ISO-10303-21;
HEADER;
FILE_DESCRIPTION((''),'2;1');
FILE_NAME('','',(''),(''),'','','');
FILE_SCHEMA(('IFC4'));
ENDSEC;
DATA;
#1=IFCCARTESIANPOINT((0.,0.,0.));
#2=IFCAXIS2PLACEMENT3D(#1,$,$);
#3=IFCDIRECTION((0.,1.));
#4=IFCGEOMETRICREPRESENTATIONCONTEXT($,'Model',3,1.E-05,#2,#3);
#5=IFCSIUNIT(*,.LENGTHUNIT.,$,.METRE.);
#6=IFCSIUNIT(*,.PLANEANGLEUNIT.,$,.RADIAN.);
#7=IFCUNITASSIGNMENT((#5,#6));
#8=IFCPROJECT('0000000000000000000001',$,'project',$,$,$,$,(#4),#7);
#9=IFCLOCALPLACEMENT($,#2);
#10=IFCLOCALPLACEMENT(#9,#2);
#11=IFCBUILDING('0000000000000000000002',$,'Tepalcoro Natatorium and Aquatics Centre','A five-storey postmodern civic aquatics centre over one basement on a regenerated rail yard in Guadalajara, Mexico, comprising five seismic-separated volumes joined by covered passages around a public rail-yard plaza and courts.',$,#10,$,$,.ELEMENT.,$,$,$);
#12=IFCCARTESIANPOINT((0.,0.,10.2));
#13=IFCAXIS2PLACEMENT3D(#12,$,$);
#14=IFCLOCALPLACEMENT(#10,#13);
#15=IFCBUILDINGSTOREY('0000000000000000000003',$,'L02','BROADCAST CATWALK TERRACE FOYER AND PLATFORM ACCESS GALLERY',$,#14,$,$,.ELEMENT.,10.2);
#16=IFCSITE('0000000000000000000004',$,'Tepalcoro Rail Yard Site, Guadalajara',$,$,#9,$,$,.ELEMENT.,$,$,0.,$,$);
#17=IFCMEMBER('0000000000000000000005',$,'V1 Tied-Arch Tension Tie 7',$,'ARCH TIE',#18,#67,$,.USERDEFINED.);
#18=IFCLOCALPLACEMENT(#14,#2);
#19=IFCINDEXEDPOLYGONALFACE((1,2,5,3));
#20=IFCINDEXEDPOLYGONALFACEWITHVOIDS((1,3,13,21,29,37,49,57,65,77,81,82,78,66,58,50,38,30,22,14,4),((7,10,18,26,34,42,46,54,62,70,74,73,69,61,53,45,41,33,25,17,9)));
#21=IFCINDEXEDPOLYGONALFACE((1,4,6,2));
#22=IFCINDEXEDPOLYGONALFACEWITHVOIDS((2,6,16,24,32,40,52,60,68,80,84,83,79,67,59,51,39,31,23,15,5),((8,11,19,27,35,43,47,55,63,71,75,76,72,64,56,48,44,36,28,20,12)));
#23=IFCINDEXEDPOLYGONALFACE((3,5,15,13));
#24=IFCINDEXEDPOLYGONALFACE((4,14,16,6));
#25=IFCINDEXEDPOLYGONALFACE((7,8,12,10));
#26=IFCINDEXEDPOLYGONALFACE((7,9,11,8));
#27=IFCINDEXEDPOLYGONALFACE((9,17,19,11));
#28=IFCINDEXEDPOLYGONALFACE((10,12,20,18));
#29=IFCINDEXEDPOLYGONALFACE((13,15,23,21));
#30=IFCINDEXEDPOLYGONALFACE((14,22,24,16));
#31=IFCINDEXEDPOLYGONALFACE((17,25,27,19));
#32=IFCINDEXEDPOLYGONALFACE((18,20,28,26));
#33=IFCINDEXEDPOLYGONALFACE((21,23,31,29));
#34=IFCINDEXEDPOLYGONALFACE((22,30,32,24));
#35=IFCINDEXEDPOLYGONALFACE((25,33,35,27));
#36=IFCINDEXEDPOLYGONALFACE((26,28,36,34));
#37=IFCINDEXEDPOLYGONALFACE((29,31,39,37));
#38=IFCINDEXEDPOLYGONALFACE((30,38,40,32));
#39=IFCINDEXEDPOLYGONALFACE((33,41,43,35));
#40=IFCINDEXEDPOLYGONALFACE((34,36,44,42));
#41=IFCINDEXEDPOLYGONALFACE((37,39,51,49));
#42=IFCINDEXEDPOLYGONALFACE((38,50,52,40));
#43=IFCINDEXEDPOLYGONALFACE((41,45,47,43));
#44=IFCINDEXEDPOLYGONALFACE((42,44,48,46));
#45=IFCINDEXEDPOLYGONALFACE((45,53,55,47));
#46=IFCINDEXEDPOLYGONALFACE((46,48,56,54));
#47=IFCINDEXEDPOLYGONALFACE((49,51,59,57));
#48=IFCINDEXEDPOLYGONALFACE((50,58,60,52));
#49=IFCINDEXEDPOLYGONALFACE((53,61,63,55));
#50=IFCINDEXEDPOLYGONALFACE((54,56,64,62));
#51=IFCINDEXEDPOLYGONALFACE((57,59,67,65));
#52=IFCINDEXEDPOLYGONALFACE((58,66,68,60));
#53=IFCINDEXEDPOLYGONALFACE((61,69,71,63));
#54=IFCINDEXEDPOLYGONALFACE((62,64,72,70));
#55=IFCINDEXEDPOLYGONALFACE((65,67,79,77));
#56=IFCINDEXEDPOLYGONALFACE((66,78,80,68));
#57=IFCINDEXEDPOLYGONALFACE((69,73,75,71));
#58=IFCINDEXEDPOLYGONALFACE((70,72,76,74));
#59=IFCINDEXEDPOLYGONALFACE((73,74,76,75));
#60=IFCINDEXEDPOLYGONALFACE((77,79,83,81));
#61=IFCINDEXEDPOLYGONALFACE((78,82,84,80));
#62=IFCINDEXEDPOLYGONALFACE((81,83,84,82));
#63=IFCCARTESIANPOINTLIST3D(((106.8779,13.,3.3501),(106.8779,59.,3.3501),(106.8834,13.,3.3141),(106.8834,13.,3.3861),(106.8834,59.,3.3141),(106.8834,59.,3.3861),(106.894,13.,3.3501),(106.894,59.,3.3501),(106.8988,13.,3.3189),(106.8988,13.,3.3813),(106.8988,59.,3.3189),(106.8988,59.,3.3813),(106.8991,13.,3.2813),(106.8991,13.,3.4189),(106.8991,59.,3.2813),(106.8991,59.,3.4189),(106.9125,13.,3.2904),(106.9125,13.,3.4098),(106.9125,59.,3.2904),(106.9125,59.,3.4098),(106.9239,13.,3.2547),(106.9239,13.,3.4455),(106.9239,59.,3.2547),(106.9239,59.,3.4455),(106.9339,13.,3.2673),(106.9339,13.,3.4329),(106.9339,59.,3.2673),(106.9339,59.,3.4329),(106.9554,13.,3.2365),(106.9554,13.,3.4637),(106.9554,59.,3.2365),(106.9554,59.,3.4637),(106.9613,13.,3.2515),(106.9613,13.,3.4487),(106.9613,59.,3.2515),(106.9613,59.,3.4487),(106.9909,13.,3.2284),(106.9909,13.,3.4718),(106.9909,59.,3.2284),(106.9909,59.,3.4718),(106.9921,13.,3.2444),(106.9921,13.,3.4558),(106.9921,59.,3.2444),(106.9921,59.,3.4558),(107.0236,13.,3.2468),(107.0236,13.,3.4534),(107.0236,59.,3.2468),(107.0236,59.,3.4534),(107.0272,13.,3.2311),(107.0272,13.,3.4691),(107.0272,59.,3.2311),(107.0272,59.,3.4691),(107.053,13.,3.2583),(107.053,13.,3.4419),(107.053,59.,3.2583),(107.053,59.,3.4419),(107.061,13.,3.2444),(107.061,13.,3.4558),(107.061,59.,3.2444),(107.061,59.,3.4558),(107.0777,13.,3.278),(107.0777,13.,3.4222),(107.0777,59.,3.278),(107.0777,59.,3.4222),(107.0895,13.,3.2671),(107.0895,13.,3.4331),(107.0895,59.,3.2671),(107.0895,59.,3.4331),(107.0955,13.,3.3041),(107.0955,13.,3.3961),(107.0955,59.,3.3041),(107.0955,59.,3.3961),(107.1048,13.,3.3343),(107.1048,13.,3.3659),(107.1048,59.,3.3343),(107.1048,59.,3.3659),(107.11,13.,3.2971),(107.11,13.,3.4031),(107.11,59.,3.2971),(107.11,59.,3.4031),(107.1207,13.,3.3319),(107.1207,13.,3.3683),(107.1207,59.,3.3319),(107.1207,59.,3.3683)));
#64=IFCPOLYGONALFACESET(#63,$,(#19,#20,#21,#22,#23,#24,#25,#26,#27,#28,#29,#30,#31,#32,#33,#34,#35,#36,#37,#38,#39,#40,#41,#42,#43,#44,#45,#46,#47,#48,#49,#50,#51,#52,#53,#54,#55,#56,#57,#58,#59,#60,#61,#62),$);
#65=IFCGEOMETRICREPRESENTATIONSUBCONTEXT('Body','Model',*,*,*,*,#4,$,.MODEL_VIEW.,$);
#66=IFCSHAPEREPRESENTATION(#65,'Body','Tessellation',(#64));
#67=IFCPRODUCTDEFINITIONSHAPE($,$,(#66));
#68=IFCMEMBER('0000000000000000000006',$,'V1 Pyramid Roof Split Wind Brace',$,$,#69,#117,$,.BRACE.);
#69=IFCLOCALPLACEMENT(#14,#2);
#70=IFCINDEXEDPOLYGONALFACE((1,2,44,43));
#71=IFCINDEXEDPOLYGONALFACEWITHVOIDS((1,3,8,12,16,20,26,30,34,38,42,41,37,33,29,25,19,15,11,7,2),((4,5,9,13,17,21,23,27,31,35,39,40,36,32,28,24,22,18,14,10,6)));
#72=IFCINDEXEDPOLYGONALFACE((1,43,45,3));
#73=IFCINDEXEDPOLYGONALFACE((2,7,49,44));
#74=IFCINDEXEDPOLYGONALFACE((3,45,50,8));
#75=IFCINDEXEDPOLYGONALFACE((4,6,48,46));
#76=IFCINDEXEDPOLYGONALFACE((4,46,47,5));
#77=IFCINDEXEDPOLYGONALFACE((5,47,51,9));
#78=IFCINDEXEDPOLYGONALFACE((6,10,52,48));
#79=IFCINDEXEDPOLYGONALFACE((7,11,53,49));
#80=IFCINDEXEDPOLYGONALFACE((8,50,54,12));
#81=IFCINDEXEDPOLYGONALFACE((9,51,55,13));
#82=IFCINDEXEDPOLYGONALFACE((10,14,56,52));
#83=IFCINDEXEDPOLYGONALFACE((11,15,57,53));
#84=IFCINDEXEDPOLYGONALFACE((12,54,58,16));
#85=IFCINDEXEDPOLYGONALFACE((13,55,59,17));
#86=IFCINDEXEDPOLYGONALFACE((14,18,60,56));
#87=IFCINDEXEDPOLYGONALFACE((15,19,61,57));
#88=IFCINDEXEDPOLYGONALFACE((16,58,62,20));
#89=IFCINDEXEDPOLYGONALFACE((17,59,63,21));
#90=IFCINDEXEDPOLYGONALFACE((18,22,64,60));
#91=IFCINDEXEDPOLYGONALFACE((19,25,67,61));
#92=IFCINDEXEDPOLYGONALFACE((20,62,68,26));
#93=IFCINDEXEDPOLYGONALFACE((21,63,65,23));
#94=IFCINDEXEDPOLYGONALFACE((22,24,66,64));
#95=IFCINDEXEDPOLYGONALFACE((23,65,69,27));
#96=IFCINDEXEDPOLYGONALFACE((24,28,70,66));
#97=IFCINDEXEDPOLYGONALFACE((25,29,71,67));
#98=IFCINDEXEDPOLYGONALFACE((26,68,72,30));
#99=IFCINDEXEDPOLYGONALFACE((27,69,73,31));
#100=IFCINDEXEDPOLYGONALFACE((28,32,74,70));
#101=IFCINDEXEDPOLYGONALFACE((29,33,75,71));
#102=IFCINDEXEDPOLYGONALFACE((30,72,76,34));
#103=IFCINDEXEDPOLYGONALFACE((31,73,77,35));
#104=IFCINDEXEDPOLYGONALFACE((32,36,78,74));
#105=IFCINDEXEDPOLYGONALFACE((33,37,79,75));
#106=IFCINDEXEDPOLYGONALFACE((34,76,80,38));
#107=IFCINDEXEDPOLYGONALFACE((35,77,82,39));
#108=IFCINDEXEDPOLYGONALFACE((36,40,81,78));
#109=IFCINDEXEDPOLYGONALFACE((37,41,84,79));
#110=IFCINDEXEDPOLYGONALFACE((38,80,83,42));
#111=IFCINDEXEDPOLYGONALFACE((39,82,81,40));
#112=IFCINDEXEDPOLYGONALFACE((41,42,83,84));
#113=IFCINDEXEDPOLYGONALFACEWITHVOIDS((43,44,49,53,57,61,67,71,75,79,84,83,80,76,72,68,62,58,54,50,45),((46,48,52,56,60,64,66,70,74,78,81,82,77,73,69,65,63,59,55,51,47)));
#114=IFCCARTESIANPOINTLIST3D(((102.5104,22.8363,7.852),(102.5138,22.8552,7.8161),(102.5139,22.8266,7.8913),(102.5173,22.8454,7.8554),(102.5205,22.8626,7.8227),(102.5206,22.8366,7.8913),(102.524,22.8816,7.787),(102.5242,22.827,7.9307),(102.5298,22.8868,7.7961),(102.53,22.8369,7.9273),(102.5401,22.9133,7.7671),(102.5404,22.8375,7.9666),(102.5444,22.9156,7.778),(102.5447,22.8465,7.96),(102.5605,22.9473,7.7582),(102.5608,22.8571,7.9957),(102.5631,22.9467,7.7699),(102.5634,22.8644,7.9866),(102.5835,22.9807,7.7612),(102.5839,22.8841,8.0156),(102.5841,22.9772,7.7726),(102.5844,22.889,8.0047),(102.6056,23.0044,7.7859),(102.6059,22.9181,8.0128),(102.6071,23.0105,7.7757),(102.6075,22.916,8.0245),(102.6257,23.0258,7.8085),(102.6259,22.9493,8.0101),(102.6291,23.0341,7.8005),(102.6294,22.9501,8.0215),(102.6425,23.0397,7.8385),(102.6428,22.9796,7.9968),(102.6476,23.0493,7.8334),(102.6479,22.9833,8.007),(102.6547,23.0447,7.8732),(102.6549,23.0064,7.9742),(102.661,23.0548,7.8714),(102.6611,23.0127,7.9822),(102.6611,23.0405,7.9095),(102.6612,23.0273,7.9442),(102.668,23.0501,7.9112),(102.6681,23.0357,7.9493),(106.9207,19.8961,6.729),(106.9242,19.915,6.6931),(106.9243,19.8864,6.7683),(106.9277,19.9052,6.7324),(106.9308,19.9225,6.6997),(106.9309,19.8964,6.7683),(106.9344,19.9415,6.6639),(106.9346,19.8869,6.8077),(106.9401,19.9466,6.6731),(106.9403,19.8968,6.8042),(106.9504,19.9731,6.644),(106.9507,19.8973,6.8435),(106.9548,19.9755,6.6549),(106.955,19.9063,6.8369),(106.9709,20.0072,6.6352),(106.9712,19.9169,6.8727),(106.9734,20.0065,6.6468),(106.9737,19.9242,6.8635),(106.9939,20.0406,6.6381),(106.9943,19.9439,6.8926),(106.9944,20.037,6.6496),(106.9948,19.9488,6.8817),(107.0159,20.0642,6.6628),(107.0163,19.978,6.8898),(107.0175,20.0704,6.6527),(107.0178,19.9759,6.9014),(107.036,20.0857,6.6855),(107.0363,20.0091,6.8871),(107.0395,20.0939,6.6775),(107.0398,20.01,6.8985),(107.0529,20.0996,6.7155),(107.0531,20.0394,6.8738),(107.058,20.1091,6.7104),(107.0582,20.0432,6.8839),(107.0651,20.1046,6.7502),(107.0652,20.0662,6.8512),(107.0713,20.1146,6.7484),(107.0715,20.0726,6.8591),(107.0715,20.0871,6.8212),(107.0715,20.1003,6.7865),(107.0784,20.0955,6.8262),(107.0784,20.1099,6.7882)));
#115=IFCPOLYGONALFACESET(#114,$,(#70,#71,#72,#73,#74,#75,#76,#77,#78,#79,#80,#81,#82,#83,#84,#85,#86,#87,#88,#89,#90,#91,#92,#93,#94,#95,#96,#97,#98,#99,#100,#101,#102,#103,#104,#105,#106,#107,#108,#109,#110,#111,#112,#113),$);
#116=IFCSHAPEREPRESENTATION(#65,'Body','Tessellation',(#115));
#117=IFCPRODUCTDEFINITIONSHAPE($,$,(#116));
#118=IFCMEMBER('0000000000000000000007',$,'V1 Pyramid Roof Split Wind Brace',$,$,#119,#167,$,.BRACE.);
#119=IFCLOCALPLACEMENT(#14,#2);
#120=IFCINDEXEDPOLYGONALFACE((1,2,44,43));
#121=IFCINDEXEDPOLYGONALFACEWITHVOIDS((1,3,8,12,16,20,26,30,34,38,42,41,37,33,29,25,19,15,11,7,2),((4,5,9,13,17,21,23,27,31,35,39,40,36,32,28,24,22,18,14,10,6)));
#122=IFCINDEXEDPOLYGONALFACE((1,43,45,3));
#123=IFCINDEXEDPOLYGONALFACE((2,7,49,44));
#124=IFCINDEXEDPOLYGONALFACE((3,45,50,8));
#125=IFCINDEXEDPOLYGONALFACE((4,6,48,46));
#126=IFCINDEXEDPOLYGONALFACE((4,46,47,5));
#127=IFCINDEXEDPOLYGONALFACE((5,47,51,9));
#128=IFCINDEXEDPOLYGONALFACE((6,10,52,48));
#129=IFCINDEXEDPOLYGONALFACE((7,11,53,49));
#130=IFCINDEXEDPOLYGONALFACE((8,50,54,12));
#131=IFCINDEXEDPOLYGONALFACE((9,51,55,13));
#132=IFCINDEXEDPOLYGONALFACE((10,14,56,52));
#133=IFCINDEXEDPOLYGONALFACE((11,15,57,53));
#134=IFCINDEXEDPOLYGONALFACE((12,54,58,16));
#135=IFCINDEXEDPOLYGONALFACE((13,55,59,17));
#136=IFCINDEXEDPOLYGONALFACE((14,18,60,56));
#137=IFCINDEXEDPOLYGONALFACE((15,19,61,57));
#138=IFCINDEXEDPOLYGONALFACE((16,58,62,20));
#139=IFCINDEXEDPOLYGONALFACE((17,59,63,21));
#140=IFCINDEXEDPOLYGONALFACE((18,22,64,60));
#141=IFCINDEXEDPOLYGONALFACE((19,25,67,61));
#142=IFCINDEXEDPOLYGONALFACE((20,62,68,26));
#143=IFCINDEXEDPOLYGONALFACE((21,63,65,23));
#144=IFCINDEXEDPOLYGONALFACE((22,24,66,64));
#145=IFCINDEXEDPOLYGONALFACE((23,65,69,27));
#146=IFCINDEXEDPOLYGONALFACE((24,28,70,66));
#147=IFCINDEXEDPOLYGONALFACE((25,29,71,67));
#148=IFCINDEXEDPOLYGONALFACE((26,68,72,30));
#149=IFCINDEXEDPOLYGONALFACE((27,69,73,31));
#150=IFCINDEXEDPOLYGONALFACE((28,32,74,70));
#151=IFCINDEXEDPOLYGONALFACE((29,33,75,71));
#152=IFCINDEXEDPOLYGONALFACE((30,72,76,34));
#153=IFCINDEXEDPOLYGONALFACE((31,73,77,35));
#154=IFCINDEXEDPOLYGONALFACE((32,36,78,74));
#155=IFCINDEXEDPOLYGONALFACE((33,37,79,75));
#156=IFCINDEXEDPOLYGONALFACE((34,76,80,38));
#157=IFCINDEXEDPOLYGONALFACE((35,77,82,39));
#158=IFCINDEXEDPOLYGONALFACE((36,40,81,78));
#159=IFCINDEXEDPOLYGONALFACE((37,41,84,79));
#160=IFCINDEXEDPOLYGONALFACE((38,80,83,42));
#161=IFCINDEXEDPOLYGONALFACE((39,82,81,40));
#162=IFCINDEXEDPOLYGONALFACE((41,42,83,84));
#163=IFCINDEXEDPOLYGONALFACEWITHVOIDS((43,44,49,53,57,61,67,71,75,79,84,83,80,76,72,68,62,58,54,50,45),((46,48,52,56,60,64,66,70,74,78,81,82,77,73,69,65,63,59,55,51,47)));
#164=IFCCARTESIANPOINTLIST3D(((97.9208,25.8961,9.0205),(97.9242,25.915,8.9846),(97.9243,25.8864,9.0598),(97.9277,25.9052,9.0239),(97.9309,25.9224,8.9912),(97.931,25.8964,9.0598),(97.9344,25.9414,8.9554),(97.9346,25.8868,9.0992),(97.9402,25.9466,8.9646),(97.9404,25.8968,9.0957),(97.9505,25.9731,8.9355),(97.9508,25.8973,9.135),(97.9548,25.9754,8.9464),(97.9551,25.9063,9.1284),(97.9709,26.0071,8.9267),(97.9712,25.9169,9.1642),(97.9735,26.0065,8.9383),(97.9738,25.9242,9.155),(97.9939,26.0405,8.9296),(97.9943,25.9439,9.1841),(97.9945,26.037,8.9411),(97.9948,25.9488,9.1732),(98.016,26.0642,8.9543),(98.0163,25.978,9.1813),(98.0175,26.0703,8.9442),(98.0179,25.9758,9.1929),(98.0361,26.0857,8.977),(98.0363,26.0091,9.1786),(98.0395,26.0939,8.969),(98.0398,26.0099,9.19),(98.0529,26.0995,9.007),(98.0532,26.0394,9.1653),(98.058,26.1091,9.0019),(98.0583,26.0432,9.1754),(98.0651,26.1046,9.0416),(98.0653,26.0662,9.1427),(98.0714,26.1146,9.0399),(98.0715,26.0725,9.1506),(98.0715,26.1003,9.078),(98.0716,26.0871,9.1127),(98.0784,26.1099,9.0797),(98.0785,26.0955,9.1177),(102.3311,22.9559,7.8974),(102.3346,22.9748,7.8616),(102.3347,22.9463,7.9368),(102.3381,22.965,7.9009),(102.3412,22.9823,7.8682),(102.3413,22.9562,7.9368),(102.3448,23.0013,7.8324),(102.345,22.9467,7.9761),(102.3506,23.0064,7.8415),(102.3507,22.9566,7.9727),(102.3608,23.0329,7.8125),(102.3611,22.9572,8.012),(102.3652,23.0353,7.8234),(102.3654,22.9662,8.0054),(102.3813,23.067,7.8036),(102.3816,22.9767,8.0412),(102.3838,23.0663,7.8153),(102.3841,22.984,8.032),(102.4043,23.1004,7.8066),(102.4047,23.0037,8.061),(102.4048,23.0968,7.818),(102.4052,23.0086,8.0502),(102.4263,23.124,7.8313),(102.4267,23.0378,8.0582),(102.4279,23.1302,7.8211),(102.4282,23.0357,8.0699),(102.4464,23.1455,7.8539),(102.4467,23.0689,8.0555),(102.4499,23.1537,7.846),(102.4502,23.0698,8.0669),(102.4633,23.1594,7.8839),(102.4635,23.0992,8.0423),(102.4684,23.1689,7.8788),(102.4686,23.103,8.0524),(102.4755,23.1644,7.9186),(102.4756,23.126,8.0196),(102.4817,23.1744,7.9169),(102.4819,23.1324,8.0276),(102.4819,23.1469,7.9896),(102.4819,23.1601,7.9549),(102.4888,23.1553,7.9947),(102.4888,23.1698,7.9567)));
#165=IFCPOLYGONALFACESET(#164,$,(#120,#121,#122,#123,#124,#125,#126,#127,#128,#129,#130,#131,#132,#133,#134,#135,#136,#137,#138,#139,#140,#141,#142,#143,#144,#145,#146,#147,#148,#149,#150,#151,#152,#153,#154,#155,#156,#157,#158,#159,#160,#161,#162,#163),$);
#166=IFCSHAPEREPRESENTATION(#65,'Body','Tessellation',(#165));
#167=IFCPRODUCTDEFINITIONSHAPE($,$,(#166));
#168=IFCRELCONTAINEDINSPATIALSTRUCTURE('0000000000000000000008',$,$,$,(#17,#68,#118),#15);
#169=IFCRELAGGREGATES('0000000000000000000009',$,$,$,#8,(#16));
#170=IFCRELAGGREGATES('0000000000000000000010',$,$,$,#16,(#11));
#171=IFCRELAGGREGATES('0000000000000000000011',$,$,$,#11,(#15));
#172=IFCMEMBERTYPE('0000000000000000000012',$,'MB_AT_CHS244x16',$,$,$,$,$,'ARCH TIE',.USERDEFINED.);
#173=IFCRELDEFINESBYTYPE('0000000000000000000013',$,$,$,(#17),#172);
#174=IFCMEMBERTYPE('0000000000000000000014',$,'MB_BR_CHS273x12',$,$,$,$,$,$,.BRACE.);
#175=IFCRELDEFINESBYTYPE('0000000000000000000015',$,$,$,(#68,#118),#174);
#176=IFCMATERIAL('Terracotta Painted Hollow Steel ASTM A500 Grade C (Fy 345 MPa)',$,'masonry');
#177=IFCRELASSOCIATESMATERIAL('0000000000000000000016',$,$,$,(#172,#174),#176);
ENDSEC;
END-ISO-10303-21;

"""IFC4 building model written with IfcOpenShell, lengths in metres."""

from ifc_helpers import new_model, si_unit, direction, frame, origin, origin_2d, place, context, subcontext, project, spatial, hollow_circle, extrude, material, material_profile, profile_set, type_object, element, save


model = new_model("IFC4")

# Units and contexts
model_context = context("Model", 3, precision=1e-05, world=origin(), true_north=direction((0.0, 1.0)))
body_context = subcontext(model_context, "Body", "Model", "MODEL_VIEW")
ifc_project = project(units=[si_unit("LENGTHUNIT", "METRE"), si_unit("PLANEANGLEUNIT", "RADIAN")], contexts=[model_context])

# Site, building, storey
site_placement = place(None, origin())
site = spatial("IfcSite", under=ifc_project, at=site_placement, Name="Tepalcoro Rail Yard Site, Guadalajara", CompositionType="ELEMENT", RefElevation=0.0)
building_placement = place(site_placement, origin())
building = spatial("IfcBuilding", under=site, at=building_placement, Name="Tepalcoro Natatorium and Aquatics Centre", Description="A five-storey postmodern civic aquatics centre over one basement on a regenerated rail yard in Guadalajara, Mexico, comprising five seismic-separated volumes joined by covered passages around a public rail-yard plaza and courts.", CompositionType="ELEMENT")
storey_placement = place(building_placement, frame((0.0, 0.0, 10.2)))
storey = spatial("IfcBuildingStorey", under=building, at=storey_placement, Name="L02", Description="BROADCAST CATWALK TERRACE FOYER AND PLATFORM ACCESS GALLERY", CompositionType="ELEMENT", Elevation=10.2)

# Shared definitions
ifc_material_1 = material(Name="Terracotta Painted Hollow Steel ASTM A500 Grade C (Fy 345 MPa)", Category="masonry")

# Members
ifc_material_profile_1 = material_profile(ifc_material_1, hollow_circle(Radius=0.1221, WallThickness=0.0161, at=origin_2d()), Name="CHS244X16")
ifc_profile_set_1 = profile_set([ifc_material_profile_1], Name="Terracotta Painted Hollow Steel ASTM A500 Grade C (Fy 345 MPa)")
member_type_1 = type_object("IfcMemberType", Name="MB_AT_CHS244x16", ElementType="ARCH TIE", PredefinedType="USERDEFINED", material=ifc_profile_set_1)
member_1_placement = place(storey_placement, frame((107.0, 13.0, 3.3501), z_axis=(0.0, 1.0, 0.0), x_axis=(-1.0, 0.0, 0.0)))
element("IfcMember", 1, at=member_1_placement, inside=storey, type_object=member_type_1, Name="V1 Tied-Arch Tension Tie 7", ObjectType="ARCH TIE", PredefinedType="USERDEFINED", context=body_context, shape_type="SweptSolid", body=[
    extrude(hollow_circle(Radius=0.1221, WallThickness=0.0161, at=origin_2d()), origin(), (0.0, 0.0, 1.0), 46.0),
])
ifc_material_profile_2 = material_profile(ifc_material_1, hollow_circle(Radius=0.1365, WallThickness=0.012, at=origin_2d()), Name="CHS273X12")
ifc_profile_set_2 = profile_set([ifc_material_profile_2], Name="Terracotta Painted Hollow Steel ASTM A500 Grade C (Fy 345 MPa)")
member_type_2 = type_object("IfcMemberType", Name="MB_BR_CHS273x12", PredefinedType="BRACE", material=ifc_profile_set_2)
for number, where, z_axis, x_axis, name in (
    (2, (107.0, 20.0, 6.7683), (-0.813988, 0.542644, 0.207271), (-0.55469, -0.832057, 0.0), "V1 Pyramid Roof Split Wind Brace"),
    (3, (102.4104, 23.0598, 7.9368), (-0.813988, 0.542644, 0.207271), (-0.55469, -0.832057, 0.0), "V1 Pyramid Roof Split Wind Brace"),
):
    element("IfcMember", number, at=place(storey_placement, frame(where, z_axis=z_axis, x_axis=x_axis)), inside=storey, type_object=member_type_2, Name=name, PredefinedType="BRACE", context=body_context, shape_type="SweptSolid", body=[
        extrude(hollow_circle(Radius=0.1365, WallThickness=0.012, at=origin_2d()), origin(), (0.0, 0.0, 1.0), 5.4182),
    ])

save(model, "model.ifc")
